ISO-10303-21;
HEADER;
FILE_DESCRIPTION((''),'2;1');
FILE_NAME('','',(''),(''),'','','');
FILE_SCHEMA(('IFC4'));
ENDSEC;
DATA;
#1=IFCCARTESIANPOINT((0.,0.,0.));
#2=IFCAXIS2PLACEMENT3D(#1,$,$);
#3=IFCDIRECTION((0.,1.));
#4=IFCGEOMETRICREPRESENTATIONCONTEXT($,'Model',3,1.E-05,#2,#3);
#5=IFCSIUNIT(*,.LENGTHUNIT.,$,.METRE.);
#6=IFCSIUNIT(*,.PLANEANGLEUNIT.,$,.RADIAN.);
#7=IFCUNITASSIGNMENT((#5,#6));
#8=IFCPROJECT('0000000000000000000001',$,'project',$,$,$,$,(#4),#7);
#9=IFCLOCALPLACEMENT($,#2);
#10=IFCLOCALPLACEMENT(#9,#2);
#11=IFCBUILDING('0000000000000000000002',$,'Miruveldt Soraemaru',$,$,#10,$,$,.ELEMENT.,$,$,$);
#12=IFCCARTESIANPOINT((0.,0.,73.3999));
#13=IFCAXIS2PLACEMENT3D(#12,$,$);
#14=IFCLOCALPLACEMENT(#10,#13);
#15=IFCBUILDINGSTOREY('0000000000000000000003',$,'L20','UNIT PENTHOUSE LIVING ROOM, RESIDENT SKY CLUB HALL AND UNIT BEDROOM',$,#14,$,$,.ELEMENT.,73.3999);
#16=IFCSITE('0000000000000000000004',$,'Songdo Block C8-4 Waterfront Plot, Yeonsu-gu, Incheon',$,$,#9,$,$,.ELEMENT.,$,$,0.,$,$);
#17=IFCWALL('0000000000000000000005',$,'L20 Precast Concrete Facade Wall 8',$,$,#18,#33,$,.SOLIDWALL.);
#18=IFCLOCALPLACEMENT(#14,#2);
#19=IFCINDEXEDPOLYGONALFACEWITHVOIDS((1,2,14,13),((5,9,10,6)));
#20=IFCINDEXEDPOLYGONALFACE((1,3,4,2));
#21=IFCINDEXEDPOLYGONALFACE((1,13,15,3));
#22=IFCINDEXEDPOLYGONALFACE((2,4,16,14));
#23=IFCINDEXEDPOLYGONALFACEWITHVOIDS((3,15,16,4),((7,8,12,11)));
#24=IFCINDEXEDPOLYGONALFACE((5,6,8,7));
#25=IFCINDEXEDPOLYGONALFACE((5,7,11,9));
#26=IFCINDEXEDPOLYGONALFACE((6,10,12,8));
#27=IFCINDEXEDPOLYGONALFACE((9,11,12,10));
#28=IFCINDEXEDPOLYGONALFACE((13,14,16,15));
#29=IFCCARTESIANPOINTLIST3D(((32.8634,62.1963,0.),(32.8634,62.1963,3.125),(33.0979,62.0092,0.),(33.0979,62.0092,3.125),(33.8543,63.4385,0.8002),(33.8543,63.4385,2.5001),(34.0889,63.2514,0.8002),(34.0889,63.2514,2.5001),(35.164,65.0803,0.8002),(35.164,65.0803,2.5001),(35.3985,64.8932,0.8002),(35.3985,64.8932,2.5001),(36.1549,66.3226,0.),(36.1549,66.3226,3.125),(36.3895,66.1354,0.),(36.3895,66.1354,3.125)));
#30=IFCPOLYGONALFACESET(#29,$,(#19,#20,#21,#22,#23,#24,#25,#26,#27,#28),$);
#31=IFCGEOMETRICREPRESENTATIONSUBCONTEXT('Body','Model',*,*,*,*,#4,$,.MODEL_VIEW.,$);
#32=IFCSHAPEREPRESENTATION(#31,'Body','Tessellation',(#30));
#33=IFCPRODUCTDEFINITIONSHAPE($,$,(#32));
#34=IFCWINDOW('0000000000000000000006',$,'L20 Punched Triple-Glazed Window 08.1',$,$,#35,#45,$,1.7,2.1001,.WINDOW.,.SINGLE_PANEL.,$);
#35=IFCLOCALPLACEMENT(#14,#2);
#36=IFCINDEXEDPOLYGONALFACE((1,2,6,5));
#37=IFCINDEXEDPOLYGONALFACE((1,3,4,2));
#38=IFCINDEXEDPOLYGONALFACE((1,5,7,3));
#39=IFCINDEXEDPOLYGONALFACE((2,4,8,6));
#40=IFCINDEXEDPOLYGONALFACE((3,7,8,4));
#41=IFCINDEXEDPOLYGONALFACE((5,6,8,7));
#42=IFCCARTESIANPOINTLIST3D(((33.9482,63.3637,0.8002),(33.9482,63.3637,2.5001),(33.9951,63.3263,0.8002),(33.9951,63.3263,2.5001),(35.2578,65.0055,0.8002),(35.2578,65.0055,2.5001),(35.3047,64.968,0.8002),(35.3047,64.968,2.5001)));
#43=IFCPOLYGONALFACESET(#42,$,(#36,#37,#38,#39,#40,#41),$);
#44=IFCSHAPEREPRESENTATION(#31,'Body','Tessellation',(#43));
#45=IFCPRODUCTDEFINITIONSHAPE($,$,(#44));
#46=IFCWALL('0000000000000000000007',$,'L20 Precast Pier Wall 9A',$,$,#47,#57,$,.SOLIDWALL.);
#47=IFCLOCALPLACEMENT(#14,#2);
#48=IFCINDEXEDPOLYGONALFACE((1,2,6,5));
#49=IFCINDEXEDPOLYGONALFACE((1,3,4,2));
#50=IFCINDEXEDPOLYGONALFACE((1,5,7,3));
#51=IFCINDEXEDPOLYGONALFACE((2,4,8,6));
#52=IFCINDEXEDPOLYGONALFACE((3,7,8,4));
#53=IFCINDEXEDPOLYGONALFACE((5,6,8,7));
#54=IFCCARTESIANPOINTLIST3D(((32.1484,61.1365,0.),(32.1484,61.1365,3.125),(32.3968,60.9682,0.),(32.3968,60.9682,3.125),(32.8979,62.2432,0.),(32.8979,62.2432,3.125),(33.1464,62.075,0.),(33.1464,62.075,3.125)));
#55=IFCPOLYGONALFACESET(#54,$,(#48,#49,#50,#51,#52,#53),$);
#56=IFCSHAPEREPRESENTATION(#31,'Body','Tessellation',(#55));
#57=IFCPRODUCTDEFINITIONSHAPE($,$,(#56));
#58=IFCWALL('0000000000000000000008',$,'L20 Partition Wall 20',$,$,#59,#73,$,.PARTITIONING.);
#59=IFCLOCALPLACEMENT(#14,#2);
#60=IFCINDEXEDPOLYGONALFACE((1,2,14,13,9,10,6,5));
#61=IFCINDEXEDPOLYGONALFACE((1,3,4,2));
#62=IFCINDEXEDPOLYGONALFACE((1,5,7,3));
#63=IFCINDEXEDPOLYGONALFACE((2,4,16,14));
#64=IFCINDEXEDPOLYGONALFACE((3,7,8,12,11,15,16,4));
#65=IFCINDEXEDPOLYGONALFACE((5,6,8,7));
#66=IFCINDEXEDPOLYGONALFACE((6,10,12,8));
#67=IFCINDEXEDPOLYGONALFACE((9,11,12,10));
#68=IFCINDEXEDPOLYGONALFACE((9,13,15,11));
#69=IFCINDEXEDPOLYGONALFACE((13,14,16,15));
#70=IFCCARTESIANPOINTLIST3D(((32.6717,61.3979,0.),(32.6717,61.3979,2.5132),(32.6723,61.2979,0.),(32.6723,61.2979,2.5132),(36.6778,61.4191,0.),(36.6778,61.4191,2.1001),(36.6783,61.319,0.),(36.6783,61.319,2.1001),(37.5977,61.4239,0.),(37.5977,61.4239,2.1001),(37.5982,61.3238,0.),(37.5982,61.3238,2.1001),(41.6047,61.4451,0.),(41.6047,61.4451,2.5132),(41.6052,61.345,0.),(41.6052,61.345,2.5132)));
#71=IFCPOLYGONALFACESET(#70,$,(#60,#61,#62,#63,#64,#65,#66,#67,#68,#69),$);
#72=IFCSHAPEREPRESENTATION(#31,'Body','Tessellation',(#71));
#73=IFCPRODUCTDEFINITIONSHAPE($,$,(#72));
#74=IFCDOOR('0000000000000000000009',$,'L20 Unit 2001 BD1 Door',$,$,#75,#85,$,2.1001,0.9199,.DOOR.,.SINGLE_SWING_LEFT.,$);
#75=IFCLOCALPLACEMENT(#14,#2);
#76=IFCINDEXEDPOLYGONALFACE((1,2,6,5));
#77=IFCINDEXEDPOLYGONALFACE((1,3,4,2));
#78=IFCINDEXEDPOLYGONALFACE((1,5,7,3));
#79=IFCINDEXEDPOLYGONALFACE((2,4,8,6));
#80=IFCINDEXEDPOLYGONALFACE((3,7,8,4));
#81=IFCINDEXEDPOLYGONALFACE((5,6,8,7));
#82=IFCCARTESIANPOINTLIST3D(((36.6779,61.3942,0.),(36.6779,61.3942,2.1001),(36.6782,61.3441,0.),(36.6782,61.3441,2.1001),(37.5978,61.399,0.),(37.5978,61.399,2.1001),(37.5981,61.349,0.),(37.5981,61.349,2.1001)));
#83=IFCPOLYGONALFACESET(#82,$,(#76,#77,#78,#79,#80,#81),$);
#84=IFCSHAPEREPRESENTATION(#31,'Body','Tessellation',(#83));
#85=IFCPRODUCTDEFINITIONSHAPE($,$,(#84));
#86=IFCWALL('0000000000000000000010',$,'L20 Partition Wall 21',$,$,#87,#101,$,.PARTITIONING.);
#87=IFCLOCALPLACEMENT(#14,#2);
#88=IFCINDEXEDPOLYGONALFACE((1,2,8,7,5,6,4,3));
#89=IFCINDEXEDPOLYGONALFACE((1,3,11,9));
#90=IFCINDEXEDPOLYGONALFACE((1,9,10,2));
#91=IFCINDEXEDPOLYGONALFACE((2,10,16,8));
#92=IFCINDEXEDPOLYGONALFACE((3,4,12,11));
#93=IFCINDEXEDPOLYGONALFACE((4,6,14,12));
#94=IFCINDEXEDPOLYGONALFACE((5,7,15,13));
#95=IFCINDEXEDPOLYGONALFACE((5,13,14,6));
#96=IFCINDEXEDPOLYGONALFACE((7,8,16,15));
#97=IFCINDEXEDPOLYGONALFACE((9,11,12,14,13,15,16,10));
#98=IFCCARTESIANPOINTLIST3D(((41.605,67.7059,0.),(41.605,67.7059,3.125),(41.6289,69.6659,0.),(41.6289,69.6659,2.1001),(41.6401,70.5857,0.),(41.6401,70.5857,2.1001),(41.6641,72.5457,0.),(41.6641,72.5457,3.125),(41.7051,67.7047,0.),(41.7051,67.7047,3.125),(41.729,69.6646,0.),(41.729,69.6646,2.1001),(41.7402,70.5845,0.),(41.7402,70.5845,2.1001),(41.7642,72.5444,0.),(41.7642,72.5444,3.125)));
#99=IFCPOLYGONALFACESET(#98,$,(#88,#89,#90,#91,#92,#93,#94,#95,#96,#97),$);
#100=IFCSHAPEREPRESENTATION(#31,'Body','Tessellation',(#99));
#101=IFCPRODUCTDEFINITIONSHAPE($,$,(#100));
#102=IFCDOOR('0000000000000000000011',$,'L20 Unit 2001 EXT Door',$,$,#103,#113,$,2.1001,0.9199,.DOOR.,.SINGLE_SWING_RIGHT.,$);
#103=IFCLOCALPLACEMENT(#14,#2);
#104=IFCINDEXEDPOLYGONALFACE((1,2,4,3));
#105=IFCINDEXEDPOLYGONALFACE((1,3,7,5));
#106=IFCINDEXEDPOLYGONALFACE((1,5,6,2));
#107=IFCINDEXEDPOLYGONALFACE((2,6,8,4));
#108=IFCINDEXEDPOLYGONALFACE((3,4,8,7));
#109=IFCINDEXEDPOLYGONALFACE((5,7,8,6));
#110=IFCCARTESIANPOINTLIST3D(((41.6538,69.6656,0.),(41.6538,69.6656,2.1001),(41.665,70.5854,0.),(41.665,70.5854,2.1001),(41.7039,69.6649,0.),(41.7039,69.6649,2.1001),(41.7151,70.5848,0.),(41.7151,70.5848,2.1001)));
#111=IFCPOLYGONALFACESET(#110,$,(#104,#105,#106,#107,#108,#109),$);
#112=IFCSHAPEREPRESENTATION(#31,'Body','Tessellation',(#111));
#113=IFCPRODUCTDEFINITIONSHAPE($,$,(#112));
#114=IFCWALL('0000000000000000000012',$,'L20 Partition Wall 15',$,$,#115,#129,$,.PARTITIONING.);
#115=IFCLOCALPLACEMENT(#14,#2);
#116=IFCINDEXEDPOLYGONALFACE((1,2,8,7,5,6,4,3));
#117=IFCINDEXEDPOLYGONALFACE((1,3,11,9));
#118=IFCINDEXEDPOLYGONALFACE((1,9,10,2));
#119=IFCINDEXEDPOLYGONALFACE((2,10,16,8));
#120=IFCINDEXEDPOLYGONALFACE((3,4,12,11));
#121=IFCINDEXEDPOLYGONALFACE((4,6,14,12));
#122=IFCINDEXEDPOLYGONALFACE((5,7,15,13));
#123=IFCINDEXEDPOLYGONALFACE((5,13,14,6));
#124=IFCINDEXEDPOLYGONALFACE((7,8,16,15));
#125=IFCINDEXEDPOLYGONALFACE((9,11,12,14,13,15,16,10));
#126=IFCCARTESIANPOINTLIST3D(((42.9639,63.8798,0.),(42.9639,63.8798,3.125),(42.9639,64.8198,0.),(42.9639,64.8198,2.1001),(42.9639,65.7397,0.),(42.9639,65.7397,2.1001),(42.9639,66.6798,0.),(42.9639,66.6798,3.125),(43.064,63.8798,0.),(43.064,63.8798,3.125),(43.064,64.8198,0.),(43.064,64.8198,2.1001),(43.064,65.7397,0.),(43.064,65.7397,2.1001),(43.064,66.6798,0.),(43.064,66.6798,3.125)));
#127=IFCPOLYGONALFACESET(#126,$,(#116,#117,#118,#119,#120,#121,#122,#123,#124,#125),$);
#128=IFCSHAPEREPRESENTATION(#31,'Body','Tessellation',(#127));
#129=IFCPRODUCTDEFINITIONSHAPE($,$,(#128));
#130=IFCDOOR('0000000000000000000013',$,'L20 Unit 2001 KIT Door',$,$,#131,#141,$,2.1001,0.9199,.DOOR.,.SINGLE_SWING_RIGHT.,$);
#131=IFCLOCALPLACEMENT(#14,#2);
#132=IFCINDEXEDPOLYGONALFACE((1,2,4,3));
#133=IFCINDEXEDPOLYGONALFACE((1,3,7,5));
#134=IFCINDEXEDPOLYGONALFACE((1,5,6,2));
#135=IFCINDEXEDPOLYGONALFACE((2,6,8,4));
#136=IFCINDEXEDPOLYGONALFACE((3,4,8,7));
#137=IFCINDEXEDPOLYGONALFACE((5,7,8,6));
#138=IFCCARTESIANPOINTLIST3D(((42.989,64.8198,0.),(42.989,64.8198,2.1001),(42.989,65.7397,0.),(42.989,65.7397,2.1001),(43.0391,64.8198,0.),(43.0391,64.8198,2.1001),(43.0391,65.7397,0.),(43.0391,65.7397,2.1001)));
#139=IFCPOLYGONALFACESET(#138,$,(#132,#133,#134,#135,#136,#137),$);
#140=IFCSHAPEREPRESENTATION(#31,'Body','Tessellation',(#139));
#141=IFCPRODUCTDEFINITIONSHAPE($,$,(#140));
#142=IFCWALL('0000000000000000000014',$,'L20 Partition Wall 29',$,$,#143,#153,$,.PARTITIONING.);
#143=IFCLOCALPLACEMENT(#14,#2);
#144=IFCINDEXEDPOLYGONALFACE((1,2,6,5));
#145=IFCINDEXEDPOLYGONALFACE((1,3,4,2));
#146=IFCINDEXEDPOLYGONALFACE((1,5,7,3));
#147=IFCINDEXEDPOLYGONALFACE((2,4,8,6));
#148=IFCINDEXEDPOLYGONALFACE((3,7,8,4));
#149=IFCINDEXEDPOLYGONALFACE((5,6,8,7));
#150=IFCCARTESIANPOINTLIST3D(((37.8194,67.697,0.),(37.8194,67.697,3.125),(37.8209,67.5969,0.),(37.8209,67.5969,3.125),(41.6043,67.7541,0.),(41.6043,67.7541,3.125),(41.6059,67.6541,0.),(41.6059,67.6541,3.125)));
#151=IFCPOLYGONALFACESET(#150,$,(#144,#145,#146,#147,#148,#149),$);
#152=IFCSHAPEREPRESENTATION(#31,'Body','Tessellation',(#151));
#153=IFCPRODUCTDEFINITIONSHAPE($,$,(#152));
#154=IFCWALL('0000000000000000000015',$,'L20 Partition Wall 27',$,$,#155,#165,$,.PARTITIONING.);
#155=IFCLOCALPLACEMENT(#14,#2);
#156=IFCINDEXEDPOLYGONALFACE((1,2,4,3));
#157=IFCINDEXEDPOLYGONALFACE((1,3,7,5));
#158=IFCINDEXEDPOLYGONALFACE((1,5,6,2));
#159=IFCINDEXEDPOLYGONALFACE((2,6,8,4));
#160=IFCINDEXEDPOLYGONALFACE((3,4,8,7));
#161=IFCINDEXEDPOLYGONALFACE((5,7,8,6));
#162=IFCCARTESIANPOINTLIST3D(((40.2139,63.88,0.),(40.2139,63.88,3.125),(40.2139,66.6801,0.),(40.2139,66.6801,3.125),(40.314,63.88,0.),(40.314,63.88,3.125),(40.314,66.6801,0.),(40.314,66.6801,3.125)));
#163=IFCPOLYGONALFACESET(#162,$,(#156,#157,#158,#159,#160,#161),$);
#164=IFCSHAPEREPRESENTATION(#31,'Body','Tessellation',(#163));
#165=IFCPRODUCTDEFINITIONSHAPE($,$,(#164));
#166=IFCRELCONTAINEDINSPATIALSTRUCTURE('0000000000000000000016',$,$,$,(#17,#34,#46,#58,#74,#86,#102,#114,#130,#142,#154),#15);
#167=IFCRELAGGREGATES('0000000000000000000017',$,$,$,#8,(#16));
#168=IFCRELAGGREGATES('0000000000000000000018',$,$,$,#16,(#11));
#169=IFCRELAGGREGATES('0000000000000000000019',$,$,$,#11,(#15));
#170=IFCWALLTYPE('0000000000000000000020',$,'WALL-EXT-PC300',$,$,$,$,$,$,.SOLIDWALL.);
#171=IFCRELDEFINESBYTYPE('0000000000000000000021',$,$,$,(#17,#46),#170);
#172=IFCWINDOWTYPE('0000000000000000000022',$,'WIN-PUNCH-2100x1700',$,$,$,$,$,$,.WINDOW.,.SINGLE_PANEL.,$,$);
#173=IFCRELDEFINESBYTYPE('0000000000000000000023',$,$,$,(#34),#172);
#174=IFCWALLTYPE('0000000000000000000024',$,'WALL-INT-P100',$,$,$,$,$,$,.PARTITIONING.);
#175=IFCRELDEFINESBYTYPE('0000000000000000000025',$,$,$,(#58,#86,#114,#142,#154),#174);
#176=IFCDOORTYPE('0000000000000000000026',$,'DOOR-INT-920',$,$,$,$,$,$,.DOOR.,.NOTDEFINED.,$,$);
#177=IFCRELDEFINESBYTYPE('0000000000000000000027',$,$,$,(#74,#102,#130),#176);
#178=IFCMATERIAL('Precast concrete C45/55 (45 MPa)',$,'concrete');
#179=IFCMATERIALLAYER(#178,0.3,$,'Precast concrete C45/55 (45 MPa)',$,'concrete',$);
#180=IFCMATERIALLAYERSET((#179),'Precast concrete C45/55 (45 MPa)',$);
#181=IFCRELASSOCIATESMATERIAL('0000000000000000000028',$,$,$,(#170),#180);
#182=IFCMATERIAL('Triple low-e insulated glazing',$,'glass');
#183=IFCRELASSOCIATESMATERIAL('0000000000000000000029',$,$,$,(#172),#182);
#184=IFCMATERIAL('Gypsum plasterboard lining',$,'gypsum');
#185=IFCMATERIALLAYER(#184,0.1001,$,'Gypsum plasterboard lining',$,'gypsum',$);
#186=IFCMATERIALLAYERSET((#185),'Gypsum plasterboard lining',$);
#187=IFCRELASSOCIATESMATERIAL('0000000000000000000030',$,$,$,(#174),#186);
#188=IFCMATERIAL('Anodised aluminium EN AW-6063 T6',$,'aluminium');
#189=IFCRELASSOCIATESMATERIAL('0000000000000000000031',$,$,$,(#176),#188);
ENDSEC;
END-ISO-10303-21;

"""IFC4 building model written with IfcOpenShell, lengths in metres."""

from ifc_helpers import new_model, si_unit, direction, frame, frame_2d, origin, place, context, subcontext, project, spatial, rectangle, extrude, material, layer, layer_set, type_object, element, fill, save


model = new_model("IFC4")

# Units and contexts
model_context = context("Model", 3, precision=1e-05, world=origin(), true_north=direction((0.0, 1.0)))
body_context = subcontext(model_context, "Body", "Model", "MODEL_VIEW")
ifc_project = project(units=[si_unit("LENGTHUNIT", "METRE"), si_unit("PLANEANGLEUNIT", "RADIAN")], contexts=[model_context])

# Site, building, storey
site_placement = place(None, origin())
site = spatial("IfcSite", under=ifc_project, at=site_placement, Name="Songdo Block C8-4 Waterfront Plot, Yeonsu-gu, Incheon", CompositionType="ELEMENT", RefElevation=0.0)
building_placement = place(site_placement, origin())
building = spatial("IfcBuilding", under=site, at=building_placement, Name="Miruveldt Soraemaru", CompositionType="ELEMENT")
storey_placement = place(building_placement, frame((0.0, 0.0, 73.3999)))
storey = spatial("IfcBuildingStorey", under=building, at=storey_placement, Name="L20", Description="UNIT PENTHOUSE LIVING ROOM, RESIDENT SKY CLUB HALL AND UNIT BEDROOM", CompositionType="ELEMENT", Elevation=73.3999)

# Shared definitions
ifc_material_1 = material(Name="Anodised aluminium EN AW-6063 T6", Category="aluminium")

# Shared definitions
ifc_material_2 = material(Name="Triple low-e insulated glazing", Category="glass")

# Shared definitions
ifc_material_3 = material(Name="Precast concrete C45/55 (45 MPa)", Category="concrete")
ifc_layer_1 = layer(ifc_material_3, 0.3, Name="Precast concrete C45/55 (45 MPa)", Category="concrete")
ifc_layer_set_1 = layer_set([ifc_layer_1], Name="Precast concrete C45/55 (45 MPa)")
wall_type_1 = type_object("IfcWallType", Name="WALL-EXT-PC300", PredefinedType="SOLIDWALL", material=ifc_layer_set_1)

# Shared definitions
window_type_1 = type_object("IfcWindowType", Name="WIN-PUNCH-2100x1700", PartitioningType="SINGLE_PANEL", PredefinedType="WINDOW", material=ifc_material_2)

# Wall, opening, window
wall_1_placement = place(storey_placement, frame((36.2722, 66.229, 0.0), z_axis=(0.0, 0.0, 1.0), x_axis=(-0.6236, -0.781743, 0.0)))
wall_1 = element("IfcWall", 1, at=wall_1_placement, inside=storey, type_object=wall_type_1, Name="L20 Precast Concrete Facade Wall 8", PredefinedType="SOLIDWALL", context=body_context, shape_type="SweptSolid", body=[
    extrude(rectangle(XDim=5.2783, YDim=0.3, at=frame_2d((2.6392, 0.0))), origin(), (0.0, 0.0, 1.0), 3.125),
])
opening_1_placement = place(wall_1_placement, frame((1.5891, 0.0, 0.8)))
opening_1 = element("IfcOpeningElement", 2, at=opening_1_placement, cuts=wall_1, PredefinedType="OPENING", context=body_context, shape_type="SweptSolid", body=[
    extrude(rectangle(XDim=2.1001, YDim=1.7, at=frame_2d((1.05, 0.8501))), frame((0.0, 0.1602, 0.0), z_axis=(0.0, -1.0, 0.0), x_axis=(1.0, 0.0, 0.0)), (0.0, 0.0, 1.0), 0.3201),
])
window_1_placement = place(opening_1_placement, origin())
window_1 = element("IfcWindow", 3, at=window_1_placement, inside=storey, type_object=window_type_1, Name="L20 Punched Triple-Glazed Window 08.1", OverallHeight=1.7, OverallWidth=2.1001, PartitioningType="SINGLE_PANEL", PredefinedType="WINDOW", context=body_context, shape_type="SweptSolid", body=[
    extrude(rectangle(XDim=2.1001, YDim=1.7, at=frame_2d((1.05, 0.8501))), frame((0.0, 0.03, 0.0), z_axis=(0.0, -1.0, 0.0), x_axis=(1.0, 0.0, 0.0)), (0.0, 0.0, 1.0), 0.0601),
])
fill(opening_1, window_1)

# Wall
wall_2_placement = place(storey_placement, frame((33.0222, 62.1592, 0.0), z_axis=(0.0, 0.0, 1.0), x_axis=(-0.560755, -0.827982, 0.0)))
element("IfcWall", 4, at=wall_2_placement, inside=storey, type_object=wall_type_1, Name="L20 Precast Pier Wall 9A", PredefinedType="SOLIDWALL", context=body_context, shape_type="SweptSolid", body=[
    extrude(rectangle(XDim=1.3367, YDim=0.3, at=frame_2d((0.6685, 0.0))), origin(), (0.0, 0.0, 1.0), 3.125),
])

# Walls, openings, doors
ifc_material_4 = material(Name="Gypsum plasterboard lining", Category="gypsum")
ifc_layer_2 = layer(ifc_material_4, 0.1001, Name="Gypsum plasterboard lining", Category="gypsum")
ifc_layer_set_2 = layer_set([ifc_layer_2], Name="Gypsum plasterboard lining")
wall_type_2 = type_object("IfcWallType", Name="WALL-INT-P100", PredefinedType="PARTITIONING", material=ifc_layer_set_2)
wall_3_placement = place(storey_placement, frame((41.605, 61.395, 0.0), z_axis=(0.0, 0.0, 1.0), x_axis=(-0.999986, -0.005275, 0.0)))
wall_3 = element("IfcWall", 5, at=wall_3_placement, inside=storey, type_object=wall_type_2, Name="L20 Partition Wall 20", PredefinedType="PARTITIONING", context=body_context, shape_type="SweptSolid", body=[
    extrude(rectangle(XDim=8.9331, YDim=0.1001, at=frame_2d((4.4666, 0.0))), origin(), (0.0, 0.0, 1.0), 2.5132),
])
opening_2_placement = place(wall_3_placement, frame((4.0071, 0.0, 0.0)))
opening_2 = element("IfcOpeningElement", 6, at=opening_2_placement, cuts=wall_3, PredefinedType="OPENING", context=body_context, shape_type="SweptSolid", body=[
    extrude(rectangle(XDim=0.9199, YDim=2.1001, at=frame_2d((0.46, 1.05))), frame((0.0, 0.0601, 0.0), z_axis=(0.0, -1.0, 0.0), x_axis=(1.0, 0.0, 0.0)), (0.0, 0.0, 1.0), 0.1201),
])
door_type = type_object("IfcDoorType", Name="DOOR-INT-920", OperationType="NOTDEFINED", PredefinedType="DOOR", material=ifc_material_1)
door_1_placement = place(opening_2_placement, origin())
door_1 = element("IfcDoor", 7, at=door_1_placement, inside=storey, type_object=door_type, Name="L20 Unit 2001 BD1 Door", OperationType="SINGLE_SWING_LEFT", OverallHeight=2.1001, OverallWidth=0.9199, PredefinedType="DOOR", context=body_context, shape_type="SweptSolid", body=[
    extrude(rectangle(XDim=0.9199, YDim=2.1001, at=frame_2d((0.46, 1.05))), frame((0.0, 0.0249, 0.0), z_axis=(0.0, -1.0, 0.0), x_axis=(1.0, 0.0, 0.0)), (0.0, 0.0, 1.0), 0.05),
])
fill(opening_2, door_1)
wall_4_placement = place(storey_placement, frame((41.7141, 72.5449, 0.0), z_axis=(0.0, 0.0, 1.0), x_axis=(-0.012207, -0.999925, 0.0)))
wall_4 = element("IfcWall", 8, at=wall_4_placement, inside=storey, type_object=wall_type_2, Name="L20 Partition Wall 21", PredefinedType="PARTITIONING", context=body_context, shape_type="SweptSolid", body=[
    extrude(rectangle(XDim=4.8401, YDim=0.1001, at=frame_2d((2.4199, 0.0))), origin(), (0.0, 0.0, 1.0), 3.125),
])
opening_3_placement = place(wall_4_placement, frame((1.96, 0.0, 0.0)))
opening_3 = element("IfcOpeningElement", 9, at=opening_3_placement, cuts=wall_4, PredefinedType="OPENING", context=body_context, shape_type="SweptSolid", body=[
    extrude(rectangle(XDim=0.9199, YDim=2.1001, at=frame_2d((0.46, 1.05))), frame((0.0, 0.0601, 0.0), z_axis=(0.0, -1.0, 0.0), x_axis=(1.0, 0.0, 0.0)), (0.0, 0.0, 1.0), 0.1201),
])
door_2_placement = place(opening_3_placement, origin())
door_2 = element("IfcDoor", 10, at=door_2_placement, inside=storey, type_object=door_type, Name="L20 Unit 2001 EXT Door", OperationType="SINGLE_SWING_RIGHT", OverallHeight=2.1001, OverallWidth=0.9199, PredefinedType="DOOR", context=body_context, shape_type="SweptSolid", body=[
    extrude(rectangle(XDim=0.9199, YDim=2.1001, at=frame_2d((0.46, 1.05))), frame((0.0, 0.0249, 0.0), z_axis=(0.0, -1.0, 0.0), x_axis=(1.0, 0.0, 0.0)), (0.0, 0.0, 1.0), 0.05),
])
fill(opening_3, door_2)
wall_5_placement = place(storey_placement, frame((43.0139, 63.8799, 0.0), z_axis=(0.0, 0.0, 1.0), x_axis=(0.0, 1.0, 0.0)))
wall_5 = element("IfcWall", 11, at=wall_5_placement, inside=storey, type_object=wall_type_2, Name="L20 Partition Wall 15", PredefinedType="PARTITIONING", context=body_context, shape_type="SweptSolid", body=[
    extrude(rectangle(XDim=2.8, YDim=0.1001, at=frame_2d((1.3999, 0.0))), origin(), (0.0, 0.0, 1.0), 3.125),
])
opening_4_placement = place(wall_5_placement, frame((0.9399, 0.0, 0.0)))
opening_4 = element("IfcOpeningElement", 12, at=opening_4_placement, cuts=wall_5, PredefinedType="OPENING", context=body_context, shape_type="SweptSolid", body=[
    extrude(rectangle(XDim=0.9199, YDim=2.1001, at=frame_2d((0.46, 1.05))), frame((0.0, 0.0601, 0.0), z_axis=(0.0, -1.0, 0.0), x_axis=(1.0, 0.0, 0.0)), (0.0, 0.0, 1.0), 0.1201),
])
door_3_placement = place(opening_4_placement, origin())
door_3 = element("IfcDoor", 13, at=door_3_placement, inside=storey, type_object=door_type, Name="L20 Unit 2001 KIT Door", OperationType="SINGLE_SWING_RIGHT", OverallHeight=2.1001, OverallWidth=0.9199, PredefinedType="DOOR", context=body_context, shape_type="SweptSolid", body=[
    extrude(rectangle(XDim=0.9199, YDim=2.1001, at=frame_2d((0.46, 1.05))), frame((0.0, 0.0249, 0.0), z_axis=(0.0, -1.0, 0.0), x_axis=(1.0, 0.0, 0.0)), (0.0, 0.0, 1.0), 0.05),
])
fill(opening_4, door_3)

# Walls
wall_6_placement = place(storey_placement, frame((41.605, 67.7041, 0.0), z_axis=(0.0, 0.0, 1.0), x_axis=(-0.999886, -0.015092, 0.0)))
element("IfcWall", 14, at=wall_6_placement, inside=storey, type_object=wall_type_2, Name="L20 Partition Wall 29", PredefinedType="PARTITIONING", context=body_context, shape_type="SweptSolid", body=[
    extrude(rectangle(XDim=3.7854, YDim=0.1001, at=frame_2d((1.8926, 0.0))), origin(), (0.0, 0.0, 1.0), 3.125),
])
wall_7_placement = place(storey_placement, frame((40.2639, 66.6799, 0.0), z_axis=(0.0, 0.0, 1.0), x_axis=(0.0, -1.0, 0.0)))
element("IfcWall", 15, at=wall_7_placement, inside=storey, type_object=wall_type_2, Name="L20 Partition Wall 27", PredefinedType="PARTITIONING", context=body_context, shape_type="SweptSolid", body=[
    extrude(rectangle(XDim=2.8, YDim=0.1001, at=frame_2d((1.3999, 0.0))), origin(), (0.0, 0.0, 1.0), 3.125),
])

save(model, "model.ifc")
